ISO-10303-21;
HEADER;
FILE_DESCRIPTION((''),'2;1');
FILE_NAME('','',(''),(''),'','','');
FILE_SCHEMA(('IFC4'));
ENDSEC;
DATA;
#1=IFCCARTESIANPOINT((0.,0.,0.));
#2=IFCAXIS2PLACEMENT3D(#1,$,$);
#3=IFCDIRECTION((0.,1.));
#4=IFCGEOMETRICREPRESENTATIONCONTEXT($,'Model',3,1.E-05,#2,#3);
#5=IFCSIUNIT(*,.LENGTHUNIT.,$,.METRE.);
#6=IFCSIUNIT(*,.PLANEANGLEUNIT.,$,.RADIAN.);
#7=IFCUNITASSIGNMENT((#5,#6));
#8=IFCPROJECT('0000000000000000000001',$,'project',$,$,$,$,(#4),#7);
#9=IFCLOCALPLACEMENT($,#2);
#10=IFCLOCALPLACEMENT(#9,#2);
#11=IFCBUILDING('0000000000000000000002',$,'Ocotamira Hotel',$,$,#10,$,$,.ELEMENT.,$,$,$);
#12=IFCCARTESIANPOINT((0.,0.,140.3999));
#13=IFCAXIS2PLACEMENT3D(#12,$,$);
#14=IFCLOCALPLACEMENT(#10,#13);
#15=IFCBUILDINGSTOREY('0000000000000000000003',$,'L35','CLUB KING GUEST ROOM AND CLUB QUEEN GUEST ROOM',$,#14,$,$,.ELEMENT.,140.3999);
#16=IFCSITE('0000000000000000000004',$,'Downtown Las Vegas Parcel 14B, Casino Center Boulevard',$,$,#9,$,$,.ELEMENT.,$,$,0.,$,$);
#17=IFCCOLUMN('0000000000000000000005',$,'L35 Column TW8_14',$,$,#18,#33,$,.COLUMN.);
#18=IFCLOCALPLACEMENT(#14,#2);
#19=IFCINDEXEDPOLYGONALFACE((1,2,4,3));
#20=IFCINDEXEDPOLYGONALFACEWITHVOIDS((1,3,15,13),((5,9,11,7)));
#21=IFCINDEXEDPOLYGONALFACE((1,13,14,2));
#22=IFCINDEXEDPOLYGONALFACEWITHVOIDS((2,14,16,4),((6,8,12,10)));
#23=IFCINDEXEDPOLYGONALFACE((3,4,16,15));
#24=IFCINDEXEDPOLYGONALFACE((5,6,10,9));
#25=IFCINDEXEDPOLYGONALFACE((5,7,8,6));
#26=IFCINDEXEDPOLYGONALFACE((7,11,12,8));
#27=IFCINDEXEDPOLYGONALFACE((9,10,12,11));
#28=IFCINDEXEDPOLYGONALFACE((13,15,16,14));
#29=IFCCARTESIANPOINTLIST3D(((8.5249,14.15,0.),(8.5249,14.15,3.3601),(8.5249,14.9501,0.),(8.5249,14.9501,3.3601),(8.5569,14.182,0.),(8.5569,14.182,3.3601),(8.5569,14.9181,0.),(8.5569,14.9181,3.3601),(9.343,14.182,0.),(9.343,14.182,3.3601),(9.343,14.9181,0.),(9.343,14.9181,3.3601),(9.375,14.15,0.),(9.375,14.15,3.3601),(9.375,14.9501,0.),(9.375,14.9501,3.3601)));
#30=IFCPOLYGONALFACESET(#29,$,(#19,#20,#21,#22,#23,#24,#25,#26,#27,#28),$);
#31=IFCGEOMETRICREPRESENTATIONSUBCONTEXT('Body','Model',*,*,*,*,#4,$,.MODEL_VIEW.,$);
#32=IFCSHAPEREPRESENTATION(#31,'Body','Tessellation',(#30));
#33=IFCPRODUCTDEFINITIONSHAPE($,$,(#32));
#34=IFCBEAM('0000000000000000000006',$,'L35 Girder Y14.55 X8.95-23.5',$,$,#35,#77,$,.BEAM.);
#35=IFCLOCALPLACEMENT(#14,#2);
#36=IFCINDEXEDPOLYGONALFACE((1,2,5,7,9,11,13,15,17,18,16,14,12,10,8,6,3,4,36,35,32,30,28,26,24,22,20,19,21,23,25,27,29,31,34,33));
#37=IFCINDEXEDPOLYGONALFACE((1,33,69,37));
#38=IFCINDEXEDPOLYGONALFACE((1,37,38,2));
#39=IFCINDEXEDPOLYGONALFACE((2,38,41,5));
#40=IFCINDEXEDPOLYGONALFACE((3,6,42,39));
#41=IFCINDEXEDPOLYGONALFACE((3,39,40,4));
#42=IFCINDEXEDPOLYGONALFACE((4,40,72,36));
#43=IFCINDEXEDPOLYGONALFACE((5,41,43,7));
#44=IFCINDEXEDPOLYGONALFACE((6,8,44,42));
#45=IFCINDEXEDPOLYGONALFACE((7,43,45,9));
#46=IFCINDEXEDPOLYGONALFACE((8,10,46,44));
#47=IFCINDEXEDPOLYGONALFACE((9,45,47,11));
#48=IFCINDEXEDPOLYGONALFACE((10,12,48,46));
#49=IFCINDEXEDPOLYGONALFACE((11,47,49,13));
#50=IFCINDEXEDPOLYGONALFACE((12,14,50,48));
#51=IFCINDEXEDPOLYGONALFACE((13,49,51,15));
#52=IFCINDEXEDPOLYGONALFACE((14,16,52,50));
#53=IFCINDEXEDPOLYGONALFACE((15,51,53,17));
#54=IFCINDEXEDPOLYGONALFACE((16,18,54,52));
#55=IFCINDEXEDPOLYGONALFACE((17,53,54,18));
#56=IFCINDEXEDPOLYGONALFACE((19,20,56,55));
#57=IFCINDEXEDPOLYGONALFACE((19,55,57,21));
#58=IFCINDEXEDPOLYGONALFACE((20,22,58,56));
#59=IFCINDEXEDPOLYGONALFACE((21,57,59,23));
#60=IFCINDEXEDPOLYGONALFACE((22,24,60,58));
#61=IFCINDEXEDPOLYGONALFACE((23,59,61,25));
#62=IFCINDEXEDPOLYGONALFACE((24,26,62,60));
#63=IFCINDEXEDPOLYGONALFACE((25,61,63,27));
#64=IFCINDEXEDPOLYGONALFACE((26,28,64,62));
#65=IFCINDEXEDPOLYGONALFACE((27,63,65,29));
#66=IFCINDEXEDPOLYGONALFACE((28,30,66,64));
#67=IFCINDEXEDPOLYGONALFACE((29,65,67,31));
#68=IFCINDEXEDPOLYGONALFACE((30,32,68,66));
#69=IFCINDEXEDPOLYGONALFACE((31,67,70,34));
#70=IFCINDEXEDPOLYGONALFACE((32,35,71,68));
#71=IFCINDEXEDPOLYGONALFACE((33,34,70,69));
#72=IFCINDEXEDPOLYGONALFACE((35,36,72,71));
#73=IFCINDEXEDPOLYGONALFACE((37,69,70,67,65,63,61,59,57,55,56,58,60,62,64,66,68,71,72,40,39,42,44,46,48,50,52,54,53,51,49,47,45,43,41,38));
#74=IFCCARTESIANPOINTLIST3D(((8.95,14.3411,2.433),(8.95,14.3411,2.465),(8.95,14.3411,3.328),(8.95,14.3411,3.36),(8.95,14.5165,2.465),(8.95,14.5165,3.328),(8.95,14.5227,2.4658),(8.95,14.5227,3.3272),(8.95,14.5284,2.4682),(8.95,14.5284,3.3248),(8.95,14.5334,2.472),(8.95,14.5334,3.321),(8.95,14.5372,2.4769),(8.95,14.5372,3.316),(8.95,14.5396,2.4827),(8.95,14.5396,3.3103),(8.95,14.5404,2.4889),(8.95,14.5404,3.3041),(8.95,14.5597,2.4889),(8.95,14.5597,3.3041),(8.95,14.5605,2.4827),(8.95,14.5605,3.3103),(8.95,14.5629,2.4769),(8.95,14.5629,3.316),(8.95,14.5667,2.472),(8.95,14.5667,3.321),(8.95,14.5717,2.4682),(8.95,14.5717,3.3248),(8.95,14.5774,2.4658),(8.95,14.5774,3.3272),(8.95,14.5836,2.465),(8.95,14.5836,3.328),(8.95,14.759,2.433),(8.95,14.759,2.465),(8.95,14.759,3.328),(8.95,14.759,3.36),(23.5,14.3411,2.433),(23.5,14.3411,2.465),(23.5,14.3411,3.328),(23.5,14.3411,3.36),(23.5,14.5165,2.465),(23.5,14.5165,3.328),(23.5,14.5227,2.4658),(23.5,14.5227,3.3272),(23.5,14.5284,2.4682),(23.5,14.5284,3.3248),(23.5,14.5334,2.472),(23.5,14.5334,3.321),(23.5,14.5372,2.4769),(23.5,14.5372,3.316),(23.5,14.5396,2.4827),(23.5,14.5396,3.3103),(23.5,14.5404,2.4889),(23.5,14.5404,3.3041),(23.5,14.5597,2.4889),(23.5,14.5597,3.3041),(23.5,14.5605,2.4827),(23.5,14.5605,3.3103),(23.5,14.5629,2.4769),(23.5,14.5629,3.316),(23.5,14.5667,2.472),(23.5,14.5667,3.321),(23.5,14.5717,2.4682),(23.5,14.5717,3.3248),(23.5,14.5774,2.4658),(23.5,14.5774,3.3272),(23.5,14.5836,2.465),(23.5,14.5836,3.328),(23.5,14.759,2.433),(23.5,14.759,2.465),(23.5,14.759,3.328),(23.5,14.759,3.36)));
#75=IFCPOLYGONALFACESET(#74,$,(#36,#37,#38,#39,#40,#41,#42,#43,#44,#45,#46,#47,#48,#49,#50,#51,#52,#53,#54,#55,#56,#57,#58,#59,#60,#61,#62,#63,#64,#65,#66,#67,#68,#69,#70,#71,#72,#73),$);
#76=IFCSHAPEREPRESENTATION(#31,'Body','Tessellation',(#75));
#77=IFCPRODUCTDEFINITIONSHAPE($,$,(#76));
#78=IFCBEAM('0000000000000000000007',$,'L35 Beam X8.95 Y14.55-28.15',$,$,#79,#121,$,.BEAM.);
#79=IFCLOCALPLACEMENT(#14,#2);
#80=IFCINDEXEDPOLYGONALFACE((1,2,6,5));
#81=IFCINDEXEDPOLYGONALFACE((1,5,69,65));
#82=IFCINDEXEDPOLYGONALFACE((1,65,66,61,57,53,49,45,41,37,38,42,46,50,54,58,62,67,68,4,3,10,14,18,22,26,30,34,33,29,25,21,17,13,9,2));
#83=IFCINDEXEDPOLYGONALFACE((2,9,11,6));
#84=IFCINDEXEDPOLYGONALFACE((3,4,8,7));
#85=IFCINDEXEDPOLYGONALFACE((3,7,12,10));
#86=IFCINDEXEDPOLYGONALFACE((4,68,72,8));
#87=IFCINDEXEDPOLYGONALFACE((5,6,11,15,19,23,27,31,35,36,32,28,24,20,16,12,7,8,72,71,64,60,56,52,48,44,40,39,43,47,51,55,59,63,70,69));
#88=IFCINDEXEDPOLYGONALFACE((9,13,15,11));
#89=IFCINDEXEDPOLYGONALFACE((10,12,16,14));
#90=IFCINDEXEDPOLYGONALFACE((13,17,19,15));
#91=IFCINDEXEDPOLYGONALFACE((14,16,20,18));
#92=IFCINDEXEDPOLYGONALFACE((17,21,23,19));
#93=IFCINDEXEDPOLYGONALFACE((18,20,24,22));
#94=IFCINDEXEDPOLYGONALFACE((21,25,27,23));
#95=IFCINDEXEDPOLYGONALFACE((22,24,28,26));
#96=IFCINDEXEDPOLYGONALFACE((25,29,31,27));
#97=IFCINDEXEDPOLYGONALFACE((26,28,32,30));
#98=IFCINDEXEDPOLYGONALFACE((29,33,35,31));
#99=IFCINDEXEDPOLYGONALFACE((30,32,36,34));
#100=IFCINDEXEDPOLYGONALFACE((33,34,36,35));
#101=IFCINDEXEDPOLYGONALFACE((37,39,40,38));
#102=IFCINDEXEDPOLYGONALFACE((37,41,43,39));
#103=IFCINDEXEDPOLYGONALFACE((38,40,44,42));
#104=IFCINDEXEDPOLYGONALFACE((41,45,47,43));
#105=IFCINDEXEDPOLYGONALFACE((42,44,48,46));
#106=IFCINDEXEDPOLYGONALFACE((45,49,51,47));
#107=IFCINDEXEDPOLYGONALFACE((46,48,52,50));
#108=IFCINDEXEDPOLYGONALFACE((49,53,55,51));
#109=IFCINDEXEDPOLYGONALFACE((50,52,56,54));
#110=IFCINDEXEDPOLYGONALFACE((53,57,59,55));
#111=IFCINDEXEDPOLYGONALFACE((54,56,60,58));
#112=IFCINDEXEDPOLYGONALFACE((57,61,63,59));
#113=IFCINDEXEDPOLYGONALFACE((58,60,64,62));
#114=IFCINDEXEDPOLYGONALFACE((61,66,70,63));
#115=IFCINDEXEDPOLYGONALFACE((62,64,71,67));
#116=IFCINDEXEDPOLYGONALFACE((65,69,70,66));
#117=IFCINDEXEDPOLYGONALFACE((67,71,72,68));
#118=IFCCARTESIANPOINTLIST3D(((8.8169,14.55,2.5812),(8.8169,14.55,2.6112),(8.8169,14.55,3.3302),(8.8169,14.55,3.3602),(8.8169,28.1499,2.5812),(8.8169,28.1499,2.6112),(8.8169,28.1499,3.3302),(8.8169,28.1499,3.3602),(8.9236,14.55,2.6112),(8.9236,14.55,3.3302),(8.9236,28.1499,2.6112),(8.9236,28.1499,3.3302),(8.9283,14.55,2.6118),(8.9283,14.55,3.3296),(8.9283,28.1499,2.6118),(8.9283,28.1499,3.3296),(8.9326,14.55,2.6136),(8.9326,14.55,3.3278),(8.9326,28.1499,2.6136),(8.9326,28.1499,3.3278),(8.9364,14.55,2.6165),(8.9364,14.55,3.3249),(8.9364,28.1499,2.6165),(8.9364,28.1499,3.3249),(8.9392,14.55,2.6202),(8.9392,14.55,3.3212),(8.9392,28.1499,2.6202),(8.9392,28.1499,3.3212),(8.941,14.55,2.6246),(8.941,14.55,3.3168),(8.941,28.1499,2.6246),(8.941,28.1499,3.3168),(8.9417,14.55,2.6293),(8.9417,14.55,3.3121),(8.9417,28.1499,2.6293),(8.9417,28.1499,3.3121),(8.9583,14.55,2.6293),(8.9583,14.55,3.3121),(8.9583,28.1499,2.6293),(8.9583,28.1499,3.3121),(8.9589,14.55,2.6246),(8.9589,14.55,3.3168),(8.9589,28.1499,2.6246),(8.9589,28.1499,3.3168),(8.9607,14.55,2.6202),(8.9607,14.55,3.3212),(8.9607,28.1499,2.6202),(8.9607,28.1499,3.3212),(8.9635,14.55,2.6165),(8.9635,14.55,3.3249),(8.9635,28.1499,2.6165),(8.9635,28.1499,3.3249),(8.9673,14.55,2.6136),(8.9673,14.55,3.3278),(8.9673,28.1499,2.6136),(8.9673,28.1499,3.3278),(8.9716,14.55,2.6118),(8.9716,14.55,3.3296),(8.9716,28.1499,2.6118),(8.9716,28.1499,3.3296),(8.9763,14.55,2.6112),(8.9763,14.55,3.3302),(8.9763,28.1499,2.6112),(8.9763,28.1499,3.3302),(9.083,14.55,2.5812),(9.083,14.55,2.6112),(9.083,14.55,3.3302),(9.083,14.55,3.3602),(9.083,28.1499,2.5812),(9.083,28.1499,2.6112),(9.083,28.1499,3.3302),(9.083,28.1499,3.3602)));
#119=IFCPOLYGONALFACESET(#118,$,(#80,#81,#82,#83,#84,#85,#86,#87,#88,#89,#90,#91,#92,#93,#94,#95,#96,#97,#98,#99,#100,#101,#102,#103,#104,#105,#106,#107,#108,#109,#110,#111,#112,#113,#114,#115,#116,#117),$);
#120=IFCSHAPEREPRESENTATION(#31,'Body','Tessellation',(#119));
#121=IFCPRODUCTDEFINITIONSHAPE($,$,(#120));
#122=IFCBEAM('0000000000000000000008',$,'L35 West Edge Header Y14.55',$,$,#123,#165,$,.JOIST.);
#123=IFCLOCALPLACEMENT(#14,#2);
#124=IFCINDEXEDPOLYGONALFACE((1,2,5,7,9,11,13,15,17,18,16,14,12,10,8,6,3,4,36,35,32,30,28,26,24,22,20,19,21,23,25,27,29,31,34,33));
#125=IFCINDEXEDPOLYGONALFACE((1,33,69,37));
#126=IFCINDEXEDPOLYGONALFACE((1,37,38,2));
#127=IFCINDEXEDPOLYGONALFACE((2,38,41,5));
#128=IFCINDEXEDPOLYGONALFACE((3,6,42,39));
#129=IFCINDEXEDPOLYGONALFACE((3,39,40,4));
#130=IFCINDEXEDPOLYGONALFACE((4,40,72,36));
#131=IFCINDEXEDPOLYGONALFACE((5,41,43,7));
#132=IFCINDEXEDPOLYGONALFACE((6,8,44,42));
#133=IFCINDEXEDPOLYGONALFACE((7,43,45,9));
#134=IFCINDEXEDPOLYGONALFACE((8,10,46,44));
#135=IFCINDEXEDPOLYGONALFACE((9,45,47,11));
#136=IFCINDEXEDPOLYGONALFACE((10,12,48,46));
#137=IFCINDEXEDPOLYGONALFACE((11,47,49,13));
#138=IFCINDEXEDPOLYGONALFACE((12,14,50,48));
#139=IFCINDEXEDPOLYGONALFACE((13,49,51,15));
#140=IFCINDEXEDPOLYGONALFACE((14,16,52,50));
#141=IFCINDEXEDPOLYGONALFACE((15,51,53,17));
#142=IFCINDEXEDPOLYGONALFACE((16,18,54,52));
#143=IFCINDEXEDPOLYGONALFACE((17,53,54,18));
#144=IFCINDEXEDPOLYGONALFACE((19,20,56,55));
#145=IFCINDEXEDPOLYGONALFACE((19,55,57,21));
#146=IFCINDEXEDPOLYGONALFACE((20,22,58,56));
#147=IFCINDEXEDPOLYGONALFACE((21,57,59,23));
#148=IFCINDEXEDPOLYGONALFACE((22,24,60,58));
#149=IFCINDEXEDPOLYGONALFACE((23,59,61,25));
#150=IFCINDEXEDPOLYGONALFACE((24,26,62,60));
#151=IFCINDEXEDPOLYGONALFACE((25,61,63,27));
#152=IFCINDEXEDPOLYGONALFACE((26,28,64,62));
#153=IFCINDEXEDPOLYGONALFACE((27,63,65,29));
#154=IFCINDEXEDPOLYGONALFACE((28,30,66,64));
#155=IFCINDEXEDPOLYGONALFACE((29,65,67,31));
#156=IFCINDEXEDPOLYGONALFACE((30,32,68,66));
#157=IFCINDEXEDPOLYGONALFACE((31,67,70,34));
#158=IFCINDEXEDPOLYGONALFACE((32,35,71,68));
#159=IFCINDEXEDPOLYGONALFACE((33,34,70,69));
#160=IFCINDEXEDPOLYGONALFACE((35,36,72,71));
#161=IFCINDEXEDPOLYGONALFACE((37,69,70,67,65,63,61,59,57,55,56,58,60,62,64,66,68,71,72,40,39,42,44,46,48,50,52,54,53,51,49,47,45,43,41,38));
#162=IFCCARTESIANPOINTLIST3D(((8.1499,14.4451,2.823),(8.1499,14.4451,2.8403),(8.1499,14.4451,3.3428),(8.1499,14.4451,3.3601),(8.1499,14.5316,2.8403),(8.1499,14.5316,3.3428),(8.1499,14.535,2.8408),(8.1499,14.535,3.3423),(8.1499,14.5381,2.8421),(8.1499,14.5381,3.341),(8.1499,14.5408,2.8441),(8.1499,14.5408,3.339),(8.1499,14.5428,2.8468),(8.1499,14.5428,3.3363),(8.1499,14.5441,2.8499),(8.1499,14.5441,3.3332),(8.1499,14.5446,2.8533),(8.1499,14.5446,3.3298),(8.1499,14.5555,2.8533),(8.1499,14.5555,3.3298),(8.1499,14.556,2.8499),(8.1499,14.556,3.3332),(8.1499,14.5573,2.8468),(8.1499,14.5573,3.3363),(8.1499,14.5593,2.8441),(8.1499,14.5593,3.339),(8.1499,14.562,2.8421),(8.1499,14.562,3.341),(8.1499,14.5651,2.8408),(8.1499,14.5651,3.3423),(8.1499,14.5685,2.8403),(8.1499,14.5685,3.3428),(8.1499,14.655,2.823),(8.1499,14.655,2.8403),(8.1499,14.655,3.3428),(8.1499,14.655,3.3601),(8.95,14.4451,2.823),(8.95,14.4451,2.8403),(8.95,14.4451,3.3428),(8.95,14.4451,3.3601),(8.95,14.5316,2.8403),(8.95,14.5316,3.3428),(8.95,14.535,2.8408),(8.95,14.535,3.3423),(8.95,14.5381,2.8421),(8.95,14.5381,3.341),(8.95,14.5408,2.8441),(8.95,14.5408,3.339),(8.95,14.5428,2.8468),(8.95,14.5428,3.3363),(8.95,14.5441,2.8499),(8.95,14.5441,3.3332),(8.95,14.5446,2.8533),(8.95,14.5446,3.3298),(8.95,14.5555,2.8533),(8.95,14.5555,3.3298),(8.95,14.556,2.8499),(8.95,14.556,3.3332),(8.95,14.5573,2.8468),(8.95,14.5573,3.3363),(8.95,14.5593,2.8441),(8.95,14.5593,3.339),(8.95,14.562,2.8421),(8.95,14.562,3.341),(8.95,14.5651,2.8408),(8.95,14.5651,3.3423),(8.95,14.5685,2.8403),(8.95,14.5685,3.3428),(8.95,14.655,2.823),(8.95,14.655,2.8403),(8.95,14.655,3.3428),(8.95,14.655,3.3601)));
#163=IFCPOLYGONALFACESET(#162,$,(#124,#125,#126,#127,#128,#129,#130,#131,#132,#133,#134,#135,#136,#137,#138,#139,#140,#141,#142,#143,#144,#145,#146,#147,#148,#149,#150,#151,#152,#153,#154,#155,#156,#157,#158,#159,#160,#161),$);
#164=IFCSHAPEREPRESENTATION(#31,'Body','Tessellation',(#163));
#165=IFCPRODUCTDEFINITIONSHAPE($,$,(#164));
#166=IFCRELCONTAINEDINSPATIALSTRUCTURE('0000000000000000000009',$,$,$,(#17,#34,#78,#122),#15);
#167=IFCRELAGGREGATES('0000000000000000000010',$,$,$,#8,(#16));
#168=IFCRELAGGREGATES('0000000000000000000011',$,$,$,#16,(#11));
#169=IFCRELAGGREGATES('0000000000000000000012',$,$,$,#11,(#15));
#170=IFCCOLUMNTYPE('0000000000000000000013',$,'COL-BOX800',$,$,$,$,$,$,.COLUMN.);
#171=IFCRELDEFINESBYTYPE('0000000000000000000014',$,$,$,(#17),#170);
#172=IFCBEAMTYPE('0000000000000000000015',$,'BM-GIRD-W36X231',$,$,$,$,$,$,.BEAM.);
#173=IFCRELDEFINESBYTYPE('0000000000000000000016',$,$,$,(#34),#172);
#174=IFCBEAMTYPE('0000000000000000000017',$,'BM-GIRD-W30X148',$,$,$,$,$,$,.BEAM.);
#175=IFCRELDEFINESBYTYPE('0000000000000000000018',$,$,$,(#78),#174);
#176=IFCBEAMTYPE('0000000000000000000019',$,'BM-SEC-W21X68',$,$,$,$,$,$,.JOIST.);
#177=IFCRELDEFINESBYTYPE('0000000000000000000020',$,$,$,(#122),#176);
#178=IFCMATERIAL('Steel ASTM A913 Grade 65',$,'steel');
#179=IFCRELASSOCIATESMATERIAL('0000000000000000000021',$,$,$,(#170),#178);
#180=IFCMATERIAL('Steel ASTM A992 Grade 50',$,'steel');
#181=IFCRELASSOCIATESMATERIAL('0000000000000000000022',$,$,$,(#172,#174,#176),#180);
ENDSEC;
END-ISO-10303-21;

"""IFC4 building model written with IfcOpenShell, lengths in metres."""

from ifc_helpers import new_model, si_unit, direction, frame, origin, origin_2d, place, context, subcontext, project, spatial, hollow_rectangle, i_section, extrude, source, transform, mapped, material, material_profile, profile_set, type_object, element, save


model = new_model("IFC4")

# Units and contexts
model_context = context("Model", 3, precision=1e-05, world=origin(), true_north=direction((0.0, 1.0)))
body_context = subcontext(model_context, "Body", "Model", "MODEL_VIEW")
ifc_project = project(units=[si_unit("LENGTHUNIT", "METRE"), si_unit("PLANEANGLEUNIT", "RADIAN")], contexts=[model_context])

# Site, building, storey
site_placement = place(None, origin())
site = spatial("IfcSite", under=ifc_project, at=site_placement, Name="Downtown Las Vegas Parcel 14B, Casino Center Boulevard", CompositionType="ELEMENT", RefElevation=0.0)
building_placement = place(site_placement, origin())
building = spatial("IfcBuilding", under=site, at=building_placement, Name="Ocotamira Hotel", CompositionType="ELEMENT")
storey_placement = place(building_placement, frame((0.0, 0.0, 140.3999)))
storey = spatial("IfcBuildingStorey", under=building, at=storey_placement, Name="L35", Description="CLUB KING GUEST ROOM AND CLUB QUEEN GUEST ROOM", CompositionType="ELEMENT", Elevation=140.3999)

# Column
ifc_material_1 = material(Name="Steel ASTM A913 Grade 65", Category="steel")
ifc_material_profile_1 = material_profile(ifc_material_1, hollow_rectangle(XDim=0.8501, YDim=0.8, WallThickness=0.032, at=origin_2d()), Name="BOX800X850X32")
ifc_profile_set_1 = profile_set([ifc_material_profile_1], Name="Steel ASTM A913 Grade 65")
column_type = type_object("IfcColumnType", Name="COL-BOX800", PredefinedType="COLUMN", material=ifc_profile_set_1)
shared_shape_1 = source(origin(), body_context, "Body", "SweptSolid", [
    extrude(hollow_rectangle(XDim=0.8501, YDim=0.8, WallThickness=0.032, at=origin_2d()), origin(), (0.0, 0.0, 1.0), 3.3601),
])
column_placement = place(storey_placement, frame((8.95, 14.55, 0.0), z_axis=(0.0, 0.0, 1.0), x_axis=(1.0, 0.0, 0.0)))
element("IfcColumn", 1, at=column_placement, inside=storey, type_object=column_type, Name="L35 Column TW8_14", PredefinedType="COLUMN", context=body_context, shape_type="MappedRepresentation", body=[
    mapped(shared_shape_1, transform((0.0, 0.0, 0.0), scale=1.0)),
])

# Beams
ifc_material_2 = material(Name="Steel ASTM A992 Grade 50", Category="steel")
ifc_material_profile_2 = material_profile(ifc_material_2, i_section(OverallWidth=0.418, OverallDepth=0.927, WebThickness=0.0193, FlangeThickness=0.032, FilletRadius=0.0239, at=origin_2d()), Name="W36X231")
ifc_profile_set_2 = profile_set([ifc_material_profile_2], Name="Steel ASTM A992 Grade 50")
beam_type_1 = type_object("IfcBeamType", Name="BM-GIRD-W36X231", PredefinedType="BEAM", material=ifc_profile_set_2)
shared_shape_2 = source(origin(), body_context, "Body", "SweptSolid", [
    extrude(i_section(OverallWidth=0.418, OverallDepth=0.927, WebThickness=0.0193, FlangeThickness=0.032, FilletRadius=0.0239, at=origin_2d()), origin(), (0.0, 0.0, 1.0), 14.55),
])
beam_1_placement = place(storey_placement, frame((8.95, 14.55, 2.8965), z_axis=(1.0, 0.0, 0.0), x_axis=(0.0, 1.0, 0.0)))
element("IfcBeam", 2, at=beam_1_placement, inside=storey, type_object=beam_type_1, Name="L35 Girder Y14.55 X8.95-23.5", PredefinedType="BEAM", context=body_context, shape_type="MappedRepresentation", body=[
    mapped(shared_shape_2, transform((0.0, 0.0, 0.0), scale=1.0)),
])
ifc_material_profile_3 = material_profile(ifc_material_2, i_section(OverallWidth=0.2661, OverallDepth=0.7791, WebThickness=0.0166, FlangeThickness=0.03, FilletRadius=0.0181, at=origin_2d()), Name="W30X148")
ifc_profile_set_3 = profile_set([ifc_material_profile_3], Name="Steel ASTM A992 Grade 50")
beam_type_2 = type_object("IfcBeamType", Name="BM-GIRD-W30X148", PredefinedType="BEAM", material=ifc_profile_set_3)
shared_shape_3 = source(origin(), body_context, "Body", "SweptSolid", [
    extrude(i_section(OverallWidth=0.2661, OverallDepth=0.7791, WebThickness=0.0166, FlangeThickness=0.03, FilletRadius=0.0181, at=origin_2d()), origin(), (0.0, 0.0, 1.0), 13.5999),
])
beam_2_placement = place(storey_placement, frame((8.95, 14.55, 2.9707), z_axis=(0.0, 1.0, 0.0), x_axis=(-1.0, 0.0, 0.0)))
element("IfcBeam", 3, at=beam_2_placement, inside=storey, type_object=beam_type_2, Name="L35 Beam X8.95 Y14.55-28.15", PredefinedType="BEAM", context=body_context, shape_type="MappedRepresentation", body=[
    mapped(shared_shape_3, transform((0.0, 0.0, 0.0), scale=1.0)),
])
ifc_material_profile_4 = material_profile(ifc_material_2, i_section(OverallWidth=0.21, OverallDepth=0.5371, WebThickness=0.011, FlangeThickness=0.0173, FilletRadius=0.0129, at=origin_2d()), Name="W21X68")
ifc_profile_set_4 = profile_set([ifc_material_profile_4], Name="Steel ASTM A992 Grade 50")
beam_type_3 = type_object("IfcBeamType", Name="BM-SEC-W21X68", PredefinedType="JOIST", material=ifc_profile_set_4)
shared_shape_4 = source(origin(), body_context, "Body", "SweptSolid", [
    extrude(i_section(OverallWidth=0.21, OverallDepth=0.5371, WebThickness=0.011, FlangeThickness=0.0173, FilletRadius=0.0129, at=origin_2d()), origin(), (0.0, 0.0, 1.0), 0.8),
])
beam_3_placement = place(storey_placement, frame((8.95, 14.55, 3.0916), z_axis=(-1.0, 0.0, 0.0), x_axis=(0.0, -1.0, 0.0)))
element("IfcBeam", 4, at=beam_3_placement, inside=storey, type_object=beam_type_3, Name="L35 West Edge Header Y14.55", PredefinedType="JOIST", context=body_context, shape_type="MappedRepresentation", body=[
    mapped(shared_shape_4, transform((0.0, 0.0, 0.0), scale=1.0)),
])

save(model, "model.ifc")
